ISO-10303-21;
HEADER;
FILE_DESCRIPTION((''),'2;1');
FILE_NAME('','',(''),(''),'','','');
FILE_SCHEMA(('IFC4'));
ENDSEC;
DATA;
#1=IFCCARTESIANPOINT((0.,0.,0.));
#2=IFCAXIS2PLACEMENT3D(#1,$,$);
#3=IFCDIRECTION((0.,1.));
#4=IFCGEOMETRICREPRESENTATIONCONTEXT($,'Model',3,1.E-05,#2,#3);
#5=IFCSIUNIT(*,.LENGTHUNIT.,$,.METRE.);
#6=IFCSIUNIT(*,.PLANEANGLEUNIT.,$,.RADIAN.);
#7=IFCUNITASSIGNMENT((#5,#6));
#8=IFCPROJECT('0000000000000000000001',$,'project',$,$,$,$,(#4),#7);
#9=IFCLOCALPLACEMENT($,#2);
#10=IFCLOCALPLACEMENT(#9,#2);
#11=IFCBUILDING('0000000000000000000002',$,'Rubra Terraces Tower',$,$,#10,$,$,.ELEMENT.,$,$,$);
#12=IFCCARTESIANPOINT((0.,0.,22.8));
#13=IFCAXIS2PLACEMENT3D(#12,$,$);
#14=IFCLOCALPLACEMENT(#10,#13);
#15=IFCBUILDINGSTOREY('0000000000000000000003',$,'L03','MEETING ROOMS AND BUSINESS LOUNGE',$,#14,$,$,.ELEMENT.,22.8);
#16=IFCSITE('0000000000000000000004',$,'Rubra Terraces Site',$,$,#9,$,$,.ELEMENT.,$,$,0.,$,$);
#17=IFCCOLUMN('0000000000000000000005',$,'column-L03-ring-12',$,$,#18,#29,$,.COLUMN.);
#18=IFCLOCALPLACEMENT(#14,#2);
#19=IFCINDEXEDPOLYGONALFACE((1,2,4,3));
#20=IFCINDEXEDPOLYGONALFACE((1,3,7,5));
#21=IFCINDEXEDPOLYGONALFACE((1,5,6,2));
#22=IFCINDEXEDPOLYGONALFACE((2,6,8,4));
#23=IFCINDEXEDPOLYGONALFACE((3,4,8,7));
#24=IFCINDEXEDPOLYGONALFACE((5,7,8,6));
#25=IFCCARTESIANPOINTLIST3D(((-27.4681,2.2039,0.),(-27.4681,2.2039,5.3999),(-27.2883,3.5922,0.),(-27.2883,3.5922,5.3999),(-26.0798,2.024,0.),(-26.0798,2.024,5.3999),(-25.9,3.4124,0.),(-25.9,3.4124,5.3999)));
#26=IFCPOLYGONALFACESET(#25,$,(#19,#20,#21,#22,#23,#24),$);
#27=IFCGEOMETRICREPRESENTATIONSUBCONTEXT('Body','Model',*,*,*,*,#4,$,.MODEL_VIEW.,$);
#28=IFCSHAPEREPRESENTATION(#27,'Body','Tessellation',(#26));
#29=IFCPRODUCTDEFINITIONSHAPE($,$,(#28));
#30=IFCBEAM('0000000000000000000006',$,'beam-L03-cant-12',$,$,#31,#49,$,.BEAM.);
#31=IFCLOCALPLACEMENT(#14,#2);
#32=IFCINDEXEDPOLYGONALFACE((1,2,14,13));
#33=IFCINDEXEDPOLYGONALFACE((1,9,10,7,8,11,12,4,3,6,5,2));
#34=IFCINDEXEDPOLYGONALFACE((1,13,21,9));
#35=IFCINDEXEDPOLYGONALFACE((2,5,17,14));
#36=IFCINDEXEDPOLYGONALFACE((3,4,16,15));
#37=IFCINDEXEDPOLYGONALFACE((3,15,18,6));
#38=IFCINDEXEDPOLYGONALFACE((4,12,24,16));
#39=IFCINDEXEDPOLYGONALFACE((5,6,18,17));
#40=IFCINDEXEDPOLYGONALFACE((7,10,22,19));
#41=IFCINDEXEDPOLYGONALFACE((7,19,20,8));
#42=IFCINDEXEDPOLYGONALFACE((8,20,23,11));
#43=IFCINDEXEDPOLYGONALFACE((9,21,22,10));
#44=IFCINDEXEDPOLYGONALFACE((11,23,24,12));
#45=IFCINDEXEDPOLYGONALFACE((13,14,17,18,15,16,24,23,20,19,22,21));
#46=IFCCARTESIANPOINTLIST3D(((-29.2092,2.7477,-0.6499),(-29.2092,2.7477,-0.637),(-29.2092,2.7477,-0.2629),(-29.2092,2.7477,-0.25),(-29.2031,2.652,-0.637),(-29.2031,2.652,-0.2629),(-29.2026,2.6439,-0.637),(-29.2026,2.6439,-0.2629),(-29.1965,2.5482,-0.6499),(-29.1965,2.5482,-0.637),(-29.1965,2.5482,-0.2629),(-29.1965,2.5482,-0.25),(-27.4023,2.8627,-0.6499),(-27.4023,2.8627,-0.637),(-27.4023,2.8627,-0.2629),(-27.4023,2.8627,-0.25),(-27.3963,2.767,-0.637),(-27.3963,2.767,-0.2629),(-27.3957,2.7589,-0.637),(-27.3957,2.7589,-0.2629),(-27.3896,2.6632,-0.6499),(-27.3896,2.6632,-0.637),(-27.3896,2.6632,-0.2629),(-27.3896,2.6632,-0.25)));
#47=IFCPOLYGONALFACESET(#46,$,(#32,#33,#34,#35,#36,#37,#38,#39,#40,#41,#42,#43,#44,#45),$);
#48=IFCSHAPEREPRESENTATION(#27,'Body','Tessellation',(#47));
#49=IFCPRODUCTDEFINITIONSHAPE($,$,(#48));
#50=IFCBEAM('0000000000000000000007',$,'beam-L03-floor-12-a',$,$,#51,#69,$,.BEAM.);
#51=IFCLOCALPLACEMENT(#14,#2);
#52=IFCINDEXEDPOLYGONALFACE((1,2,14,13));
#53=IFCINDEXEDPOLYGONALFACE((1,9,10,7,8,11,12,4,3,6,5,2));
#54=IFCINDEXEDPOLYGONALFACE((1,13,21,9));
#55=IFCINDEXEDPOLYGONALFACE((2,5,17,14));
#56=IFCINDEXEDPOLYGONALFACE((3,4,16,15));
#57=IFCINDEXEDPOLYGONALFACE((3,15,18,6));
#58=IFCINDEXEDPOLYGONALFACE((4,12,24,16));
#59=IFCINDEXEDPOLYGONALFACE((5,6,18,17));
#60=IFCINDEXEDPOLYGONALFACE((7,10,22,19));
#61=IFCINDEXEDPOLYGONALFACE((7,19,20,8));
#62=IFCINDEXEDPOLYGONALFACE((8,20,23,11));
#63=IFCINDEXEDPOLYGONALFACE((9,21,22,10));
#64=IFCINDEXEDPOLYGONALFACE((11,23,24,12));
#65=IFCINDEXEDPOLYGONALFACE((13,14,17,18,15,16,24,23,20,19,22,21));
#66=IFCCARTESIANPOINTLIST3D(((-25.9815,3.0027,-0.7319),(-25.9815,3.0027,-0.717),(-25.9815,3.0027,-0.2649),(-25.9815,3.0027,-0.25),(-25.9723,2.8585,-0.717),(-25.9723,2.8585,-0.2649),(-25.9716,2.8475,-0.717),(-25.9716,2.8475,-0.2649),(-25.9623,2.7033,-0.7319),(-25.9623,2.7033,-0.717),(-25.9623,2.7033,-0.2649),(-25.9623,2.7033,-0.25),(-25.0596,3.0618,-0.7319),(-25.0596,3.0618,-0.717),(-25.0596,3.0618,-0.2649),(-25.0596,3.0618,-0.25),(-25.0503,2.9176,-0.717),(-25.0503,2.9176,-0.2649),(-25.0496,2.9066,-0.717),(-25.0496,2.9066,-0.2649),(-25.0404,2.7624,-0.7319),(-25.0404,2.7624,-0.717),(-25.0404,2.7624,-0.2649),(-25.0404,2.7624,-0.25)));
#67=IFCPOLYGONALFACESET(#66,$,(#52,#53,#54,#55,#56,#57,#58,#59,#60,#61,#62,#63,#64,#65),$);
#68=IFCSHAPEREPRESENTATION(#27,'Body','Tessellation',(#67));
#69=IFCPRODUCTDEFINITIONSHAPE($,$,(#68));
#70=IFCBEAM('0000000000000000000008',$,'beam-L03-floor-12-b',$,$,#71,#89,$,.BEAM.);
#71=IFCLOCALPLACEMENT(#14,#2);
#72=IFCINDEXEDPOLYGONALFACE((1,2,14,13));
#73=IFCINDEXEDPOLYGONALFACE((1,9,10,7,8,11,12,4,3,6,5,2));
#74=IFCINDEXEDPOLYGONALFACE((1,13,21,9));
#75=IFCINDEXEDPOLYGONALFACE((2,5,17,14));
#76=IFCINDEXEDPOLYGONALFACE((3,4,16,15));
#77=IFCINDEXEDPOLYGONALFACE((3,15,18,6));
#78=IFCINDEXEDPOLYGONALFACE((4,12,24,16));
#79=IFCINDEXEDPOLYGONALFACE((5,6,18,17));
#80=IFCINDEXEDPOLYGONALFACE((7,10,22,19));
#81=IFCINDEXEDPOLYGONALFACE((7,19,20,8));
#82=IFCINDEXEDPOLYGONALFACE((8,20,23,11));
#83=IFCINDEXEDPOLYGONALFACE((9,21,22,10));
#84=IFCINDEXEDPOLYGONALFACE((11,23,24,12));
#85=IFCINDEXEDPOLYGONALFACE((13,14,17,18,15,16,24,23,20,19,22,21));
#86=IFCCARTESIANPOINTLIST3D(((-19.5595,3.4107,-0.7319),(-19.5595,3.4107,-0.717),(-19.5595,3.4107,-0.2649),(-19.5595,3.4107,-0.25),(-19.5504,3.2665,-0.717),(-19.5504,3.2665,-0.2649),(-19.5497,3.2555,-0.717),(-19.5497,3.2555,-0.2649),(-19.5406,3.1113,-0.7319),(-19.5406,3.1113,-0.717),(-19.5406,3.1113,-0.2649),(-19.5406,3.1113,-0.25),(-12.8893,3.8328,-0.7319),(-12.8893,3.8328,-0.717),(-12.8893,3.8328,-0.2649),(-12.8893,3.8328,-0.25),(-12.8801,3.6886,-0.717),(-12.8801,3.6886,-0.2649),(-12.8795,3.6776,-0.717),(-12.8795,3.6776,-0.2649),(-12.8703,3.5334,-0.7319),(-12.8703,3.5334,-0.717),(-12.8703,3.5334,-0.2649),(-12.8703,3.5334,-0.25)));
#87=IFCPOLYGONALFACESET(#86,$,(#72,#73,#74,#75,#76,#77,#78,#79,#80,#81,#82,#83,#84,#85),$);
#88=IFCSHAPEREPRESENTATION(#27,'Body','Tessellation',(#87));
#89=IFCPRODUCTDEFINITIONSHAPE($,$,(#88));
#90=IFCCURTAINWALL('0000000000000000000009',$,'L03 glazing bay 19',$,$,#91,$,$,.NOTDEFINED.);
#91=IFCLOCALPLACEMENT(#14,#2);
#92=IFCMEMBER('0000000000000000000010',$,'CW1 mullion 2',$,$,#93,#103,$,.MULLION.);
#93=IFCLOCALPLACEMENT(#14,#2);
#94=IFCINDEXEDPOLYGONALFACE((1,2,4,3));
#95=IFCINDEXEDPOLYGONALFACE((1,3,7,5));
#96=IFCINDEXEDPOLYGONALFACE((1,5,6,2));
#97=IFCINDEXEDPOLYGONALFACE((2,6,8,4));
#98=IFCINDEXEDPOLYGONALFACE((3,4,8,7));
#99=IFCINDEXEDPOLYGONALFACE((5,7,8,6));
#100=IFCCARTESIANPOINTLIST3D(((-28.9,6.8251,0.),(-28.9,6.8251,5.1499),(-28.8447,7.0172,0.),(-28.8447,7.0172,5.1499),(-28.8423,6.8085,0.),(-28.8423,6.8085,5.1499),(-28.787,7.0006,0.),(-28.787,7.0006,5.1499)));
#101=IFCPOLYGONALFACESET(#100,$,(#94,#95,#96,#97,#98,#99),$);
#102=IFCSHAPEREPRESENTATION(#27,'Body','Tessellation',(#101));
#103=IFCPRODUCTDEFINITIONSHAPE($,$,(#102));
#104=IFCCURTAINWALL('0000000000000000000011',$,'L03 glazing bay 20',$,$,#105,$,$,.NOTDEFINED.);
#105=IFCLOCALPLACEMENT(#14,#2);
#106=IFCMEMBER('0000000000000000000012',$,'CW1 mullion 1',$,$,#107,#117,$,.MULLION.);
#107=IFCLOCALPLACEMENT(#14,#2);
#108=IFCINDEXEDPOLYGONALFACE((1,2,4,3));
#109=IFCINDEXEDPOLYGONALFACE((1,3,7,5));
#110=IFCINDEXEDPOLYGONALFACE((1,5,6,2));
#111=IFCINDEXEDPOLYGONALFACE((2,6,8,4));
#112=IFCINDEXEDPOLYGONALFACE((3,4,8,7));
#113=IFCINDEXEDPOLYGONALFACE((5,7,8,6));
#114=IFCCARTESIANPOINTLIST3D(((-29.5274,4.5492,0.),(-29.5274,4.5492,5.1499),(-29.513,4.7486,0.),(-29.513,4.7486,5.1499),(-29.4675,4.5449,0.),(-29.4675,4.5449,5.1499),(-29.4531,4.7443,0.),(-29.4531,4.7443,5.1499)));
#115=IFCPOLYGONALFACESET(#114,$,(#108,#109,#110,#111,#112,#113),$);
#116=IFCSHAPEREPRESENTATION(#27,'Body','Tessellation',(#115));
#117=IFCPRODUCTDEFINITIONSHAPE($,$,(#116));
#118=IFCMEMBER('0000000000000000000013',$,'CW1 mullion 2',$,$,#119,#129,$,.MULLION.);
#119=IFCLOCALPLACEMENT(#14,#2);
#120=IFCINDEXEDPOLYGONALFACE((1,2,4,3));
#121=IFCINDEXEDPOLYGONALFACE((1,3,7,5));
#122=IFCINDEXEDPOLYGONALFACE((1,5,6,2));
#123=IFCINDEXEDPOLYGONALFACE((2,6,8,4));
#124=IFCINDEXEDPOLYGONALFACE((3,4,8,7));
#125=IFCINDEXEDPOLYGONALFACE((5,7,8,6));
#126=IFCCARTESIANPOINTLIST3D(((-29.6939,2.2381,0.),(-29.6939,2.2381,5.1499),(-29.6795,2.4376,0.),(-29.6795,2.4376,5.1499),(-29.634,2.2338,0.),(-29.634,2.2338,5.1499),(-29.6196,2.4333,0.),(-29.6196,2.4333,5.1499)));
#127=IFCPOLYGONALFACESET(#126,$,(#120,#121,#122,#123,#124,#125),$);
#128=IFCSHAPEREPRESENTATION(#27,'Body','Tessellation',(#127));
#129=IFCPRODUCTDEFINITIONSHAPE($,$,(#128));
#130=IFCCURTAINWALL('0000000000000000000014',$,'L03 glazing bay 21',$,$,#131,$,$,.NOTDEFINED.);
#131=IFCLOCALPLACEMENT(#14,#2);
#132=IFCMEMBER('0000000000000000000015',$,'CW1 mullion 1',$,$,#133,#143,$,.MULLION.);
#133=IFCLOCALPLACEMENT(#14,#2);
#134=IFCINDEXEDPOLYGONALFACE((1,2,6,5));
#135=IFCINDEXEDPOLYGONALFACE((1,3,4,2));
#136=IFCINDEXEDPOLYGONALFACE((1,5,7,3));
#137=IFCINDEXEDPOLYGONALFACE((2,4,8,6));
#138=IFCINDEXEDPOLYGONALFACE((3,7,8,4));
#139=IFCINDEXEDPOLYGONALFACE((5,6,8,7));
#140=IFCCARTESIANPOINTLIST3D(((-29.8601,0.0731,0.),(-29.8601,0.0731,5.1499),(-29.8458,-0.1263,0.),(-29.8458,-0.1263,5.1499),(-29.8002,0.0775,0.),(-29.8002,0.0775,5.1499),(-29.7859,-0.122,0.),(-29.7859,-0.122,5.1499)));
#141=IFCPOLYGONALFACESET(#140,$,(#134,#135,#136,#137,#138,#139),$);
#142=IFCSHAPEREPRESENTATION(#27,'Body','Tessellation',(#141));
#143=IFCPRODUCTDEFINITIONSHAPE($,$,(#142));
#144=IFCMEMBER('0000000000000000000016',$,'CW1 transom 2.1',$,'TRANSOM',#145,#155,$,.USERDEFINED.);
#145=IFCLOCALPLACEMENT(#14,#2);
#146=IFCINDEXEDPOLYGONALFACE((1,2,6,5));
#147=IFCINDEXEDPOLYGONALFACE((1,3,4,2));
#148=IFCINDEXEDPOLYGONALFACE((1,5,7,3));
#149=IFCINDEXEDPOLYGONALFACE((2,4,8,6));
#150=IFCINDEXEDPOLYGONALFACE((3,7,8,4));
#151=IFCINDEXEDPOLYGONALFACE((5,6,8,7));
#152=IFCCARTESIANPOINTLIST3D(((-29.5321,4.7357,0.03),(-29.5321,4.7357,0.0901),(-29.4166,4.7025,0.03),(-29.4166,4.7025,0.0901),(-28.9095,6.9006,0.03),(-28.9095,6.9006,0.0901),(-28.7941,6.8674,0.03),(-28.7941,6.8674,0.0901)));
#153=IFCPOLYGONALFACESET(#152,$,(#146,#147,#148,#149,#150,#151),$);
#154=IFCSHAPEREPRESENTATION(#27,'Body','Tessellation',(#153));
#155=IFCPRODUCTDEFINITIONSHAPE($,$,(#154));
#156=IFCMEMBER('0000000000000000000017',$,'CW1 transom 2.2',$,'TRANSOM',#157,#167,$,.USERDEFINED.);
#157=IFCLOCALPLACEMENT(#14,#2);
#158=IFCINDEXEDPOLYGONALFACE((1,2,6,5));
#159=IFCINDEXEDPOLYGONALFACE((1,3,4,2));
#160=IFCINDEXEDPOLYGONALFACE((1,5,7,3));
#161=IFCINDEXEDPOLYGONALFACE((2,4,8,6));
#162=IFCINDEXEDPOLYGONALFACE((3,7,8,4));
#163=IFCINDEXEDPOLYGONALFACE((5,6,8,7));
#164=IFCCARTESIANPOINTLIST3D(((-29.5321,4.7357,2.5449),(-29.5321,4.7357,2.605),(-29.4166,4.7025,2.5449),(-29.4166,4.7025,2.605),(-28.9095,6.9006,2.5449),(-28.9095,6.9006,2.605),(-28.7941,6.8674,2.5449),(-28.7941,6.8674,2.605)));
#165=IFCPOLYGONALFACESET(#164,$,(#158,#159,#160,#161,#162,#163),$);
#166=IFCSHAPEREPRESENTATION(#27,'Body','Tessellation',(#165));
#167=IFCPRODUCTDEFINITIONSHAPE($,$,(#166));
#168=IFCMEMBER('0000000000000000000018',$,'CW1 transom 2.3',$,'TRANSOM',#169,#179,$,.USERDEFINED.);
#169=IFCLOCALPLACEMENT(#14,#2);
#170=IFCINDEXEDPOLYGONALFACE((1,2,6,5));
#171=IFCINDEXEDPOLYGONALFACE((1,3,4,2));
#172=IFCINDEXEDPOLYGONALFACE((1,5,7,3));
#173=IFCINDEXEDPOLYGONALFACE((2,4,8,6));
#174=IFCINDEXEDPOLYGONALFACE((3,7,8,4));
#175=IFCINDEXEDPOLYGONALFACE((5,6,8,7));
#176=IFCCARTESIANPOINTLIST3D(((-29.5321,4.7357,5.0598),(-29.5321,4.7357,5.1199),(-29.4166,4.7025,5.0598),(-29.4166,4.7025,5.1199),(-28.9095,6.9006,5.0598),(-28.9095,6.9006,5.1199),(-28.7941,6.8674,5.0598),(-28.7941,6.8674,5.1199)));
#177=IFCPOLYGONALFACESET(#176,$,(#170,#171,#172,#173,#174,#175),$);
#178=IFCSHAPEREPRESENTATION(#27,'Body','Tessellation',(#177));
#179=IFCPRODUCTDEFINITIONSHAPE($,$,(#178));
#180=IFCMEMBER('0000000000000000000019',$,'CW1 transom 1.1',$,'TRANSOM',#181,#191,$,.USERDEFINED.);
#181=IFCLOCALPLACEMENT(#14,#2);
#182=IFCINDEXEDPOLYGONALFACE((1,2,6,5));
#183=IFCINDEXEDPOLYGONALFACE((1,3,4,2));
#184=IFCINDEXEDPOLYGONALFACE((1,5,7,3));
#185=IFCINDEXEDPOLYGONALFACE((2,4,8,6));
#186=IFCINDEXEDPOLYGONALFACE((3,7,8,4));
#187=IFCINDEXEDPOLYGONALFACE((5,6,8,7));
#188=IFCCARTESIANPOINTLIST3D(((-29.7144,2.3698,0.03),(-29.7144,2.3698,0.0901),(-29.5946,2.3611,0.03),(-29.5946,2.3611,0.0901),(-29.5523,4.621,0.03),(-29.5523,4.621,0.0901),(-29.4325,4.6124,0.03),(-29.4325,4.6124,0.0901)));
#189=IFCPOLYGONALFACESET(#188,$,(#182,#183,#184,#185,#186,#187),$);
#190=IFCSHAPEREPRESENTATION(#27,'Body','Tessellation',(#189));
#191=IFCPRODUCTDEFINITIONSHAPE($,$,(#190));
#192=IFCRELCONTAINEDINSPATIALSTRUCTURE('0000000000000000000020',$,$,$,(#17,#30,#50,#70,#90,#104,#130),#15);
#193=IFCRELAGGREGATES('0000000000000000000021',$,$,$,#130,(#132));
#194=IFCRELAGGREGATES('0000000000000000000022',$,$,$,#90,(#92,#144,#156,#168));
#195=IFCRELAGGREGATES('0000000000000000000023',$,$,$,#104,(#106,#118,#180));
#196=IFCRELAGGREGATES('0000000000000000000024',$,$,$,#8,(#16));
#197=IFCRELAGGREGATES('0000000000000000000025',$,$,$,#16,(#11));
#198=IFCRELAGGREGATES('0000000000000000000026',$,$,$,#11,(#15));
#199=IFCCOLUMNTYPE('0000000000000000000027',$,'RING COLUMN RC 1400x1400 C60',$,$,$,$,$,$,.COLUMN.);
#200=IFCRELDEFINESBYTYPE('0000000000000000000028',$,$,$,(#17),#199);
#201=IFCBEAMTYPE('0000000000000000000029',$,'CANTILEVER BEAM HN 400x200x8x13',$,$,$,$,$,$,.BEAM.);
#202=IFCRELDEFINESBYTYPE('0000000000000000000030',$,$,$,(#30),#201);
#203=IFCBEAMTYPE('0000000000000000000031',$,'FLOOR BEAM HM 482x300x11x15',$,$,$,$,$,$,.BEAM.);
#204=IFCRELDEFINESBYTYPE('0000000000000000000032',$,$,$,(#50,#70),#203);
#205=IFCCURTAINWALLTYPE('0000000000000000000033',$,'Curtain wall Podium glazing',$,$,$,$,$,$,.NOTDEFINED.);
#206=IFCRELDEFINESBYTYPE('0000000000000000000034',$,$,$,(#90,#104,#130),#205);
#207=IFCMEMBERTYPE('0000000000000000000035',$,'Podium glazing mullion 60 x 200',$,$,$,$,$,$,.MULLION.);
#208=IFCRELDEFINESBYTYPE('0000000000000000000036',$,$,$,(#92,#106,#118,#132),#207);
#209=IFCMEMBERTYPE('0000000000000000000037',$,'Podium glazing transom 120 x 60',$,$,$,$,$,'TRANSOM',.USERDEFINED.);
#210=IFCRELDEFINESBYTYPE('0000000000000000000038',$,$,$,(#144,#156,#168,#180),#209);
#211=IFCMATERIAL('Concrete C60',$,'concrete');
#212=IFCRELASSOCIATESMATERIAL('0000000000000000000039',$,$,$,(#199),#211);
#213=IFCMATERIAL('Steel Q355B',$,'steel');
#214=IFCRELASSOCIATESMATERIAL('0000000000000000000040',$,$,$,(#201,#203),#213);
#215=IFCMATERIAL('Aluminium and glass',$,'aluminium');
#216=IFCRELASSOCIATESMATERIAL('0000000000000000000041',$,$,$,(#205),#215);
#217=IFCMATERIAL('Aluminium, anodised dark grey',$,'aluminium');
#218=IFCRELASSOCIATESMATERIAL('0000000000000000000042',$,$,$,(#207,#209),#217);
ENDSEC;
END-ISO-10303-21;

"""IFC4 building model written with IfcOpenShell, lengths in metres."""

from ifc_helpers import new_model, si_unit, direction, frame, origin, origin_2d, place, context, subcontext, project, spatial, rectangle, i_section, extrude, material, material_profile, profile_set, type_object, element, aggregate, save


model = new_model("IFC4")

# Units and contexts
model_context = context("Model", 3, precision=1e-05, world=origin(), true_north=direction((0.0, 1.0)))
body_context = subcontext(model_context, "Body", "Model", "MODEL_VIEW")
ifc_project = project(units=[si_unit("LENGTHUNIT", "METRE"), si_unit("PLANEANGLEUNIT", "RADIAN")], contexts=[model_context])

# Site, building, storey
site_placement = place(None, origin())
site = spatial("IfcSite", under=ifc_project, at=site_placement, Name="Rubra Terraces Site", CompositionType="ELEMENT", RefElevation=0.0)
building_placement = place(site_placement, origin())
building = spatial("IfcBuilding", under=site, at=building_placement, Name="Rubra Terraces Tower", CompositionType="ELEMENT")
storey_placement = place(building_placement, frame((0.0, 0.0, 22.8)))
storey = spatial("IfcBuildingStorey", under=building, at=storey_placement, Name="L03", Description="MEETING ROOMS AND BUSINESS LOUNGE", CompositionType="ELEMENT", Elevation=22.8)

# Column
ifc_material_1 = material(Name="Concrete C60", Category="concrete")
ifc_material_profile_1 = material_profile(ifc_material_1, rectangle(XDim=1.3999, YDim=1.3999, at=origin_2d()), Name="RC 1400x1400")
ifc_profile_set_1 = profile_set([ifc_material_profile_1], Name="Concrete C60")
column_type = type_object("IfcColumnType", Name="RING COLUMN RC 1400x1400 C60", PredefinedType="COLUMN", material=ifc_profile_set_1)
column_placement = place(storey_placement, frame((-26.6841, 2.8081, 0.0), z_axis=(0.0, 0.0, 1.0), x_axis=(-0.128445, -0.991717, 0.0)))
element("IfcColumn", 1, at=column_placement, inside=storey, type_object=column_type, Name="column-L03-ring-12", PredefinedType="COLUMN", context=body_context, shape_type="SweptSolid", body=[
    extrude(rectangle(XDim=1.3999, YDim=1.3999, at=origin_2d()), origin(), (0.0, 0.0, 1.0), 5.3999),
])

# Beams
ifc_material_2 = material(Name="Steel Q355B", Category="steel")
ifc_material_profile_2 = material_profile(ifc_material_2, i_section(OverallWidth=0.2, OverallDepth=0.3999, WebThickness=0.0081, FlangeThickness=0.0129, at=origin_2d()), Name="HN 400x200x8x13")
ifc_profile_set_2 = profile_set([ifc_material_profile_2], Name="Steel Q355B")
beam_type_1 = type_object("IfcBeamType", Name="CANTILEVER BEAM HN 400x200x8x13", PredefinedType="BEAM", material=ifc_profile_set_2)
beam_1_placement = place(storey_placement, frame((-27.396, 2.7629, -0.45), z_axis=(-0.997981, -0.063512, 0.0), x_axis=(0.063512, -0.997981, 0.0)))
element("IfcBeam", 2, at=beam_1_placement, inside=storey, type_object=beam_type_1, Name="beam-L03-cant-12", PredefinedType="BEAM", context=body_context, shape_type="SweptSolid", body=[
    extrude(i_section(OverallWidth=0.2, OverallDepth=0.3999, WebThickness=0.0081, FlangeThickness=0.0129, at=origin_2d()), origin(), (0.0, 0.0, 1.0), 1.8105),
])
ifc_material_profile_3 = material_profile(ifc_material_2, i_section(OverallWidth=0.3, OverallDepth=0.4819, WebThickness=0.011, FlangeThickness=0.0149, at=origin_2d()), Name="HM 482x300x11x15")
ifc_profile_set_3 = profile_set([ifc_material_profile_3], Name="Steel Q355B")
beam_type_2 = type_object("IfcBeamType", Name="FLOOR BEAM HM 482x300x11x15", PredefinedType="BEAM", material=ifc_profile_set_3)
beam_2_placement = place(storey_placement, frame((-25.9719, 2.853, -0.491), z_axis=(0.997953, 0.063958, 0.0), x_axis=(-0.063958, 0.997953, 0.0)))
element("IfcBeam", 3, at=beam_2_placement, inside=storey, type_object=beam_type_2, Name="beam-L03-floor-12-a", PredefinedType="BEAM", context=body_context, shape_type="SweptSolid", body=[
    extrude(i_section(OverallWidth=0.3, OverallDepth=0.4819, WebThickness=0.011, FlangeThickness=0.0149, at=origin_2d()), origin(), (0.0, 0.0, 1.0), 0.9238),
])
beam_3_placement = place(storey_placement, frame((-19.55, 3.261, -0.491), z_axis=(0.998004, 0.063158, 0.0), x_axis=(-0.063158, 0.998004, 0.0)))
element("IfcBeam", 4, at=beam_3_placement, inside=storey, type_object=beam_type_2, Name="beam-L03-floor-12-b", PredefinedType="BEAM", context=body_context, shape_type="SweptSolid", body=[
    extrude(i_section(OverallWidth=0.3, OverallDepth=0.4819, WebThickness=0.011, FlangeThickness=0.0149, at=origin_2d()), origin(), (0.0, 0.0, 1.0), 6.6836),
])

# Curtain wall, member
ifc_material_3 = material(Name="Aluminium and glass", Category="aluminium")
curtain_wall_type = type_object("IfcCurtainWallType", Name="Curtain wall Podium glazing", PredefinedType="NOTDEFINED", material=ifc_material_3)
curtain_wall_1_placement = place(storey_placement, origin())
curtain_wall_1 = element("IfcCurtainWall", 5, at=curtain_wall_1_placement, inside=storey, type_object=curtain_wall_type, Name="L03 glazing bay 19", PredefinedType="NOTDEFINED")
ifc_material_4 = material(Name="Aluminium, anodised dark grey", Category="aluminium")
ifc_material_profile_4 = material_profile(ifc_material_4, rectangle(XDim=0.0601, YDim=0.2, at=origin_2d()), Name="AL 60x200")
ifc_profile_set_4 = profile_set([ifc_material_profile_4], Name="Aluminium, anodised dark grey")
member_type_1 = type_object("IfcMemberType", Name="Podium glazing mullion 60 x 200", PredefinedType="MULLION", material=ifc_profile_set_4)
member_1_placement = place(storey_placement, frame((-28.8435, 6.9128, 0.0), z_axis=(0.0, 0.0, 1.0), x_axis=(0.961047, -0.276384, 0.0)))
member_1 = element("IfcMember", 6, at=member_1_placement, type_object=member_type_1, Name="CW1 mullion 2", PredefinedType="MULLION", context=body_context, shape_type="SweptSolid", body=[
    extrude(rectangle(XDim=0.0601, YDim=0.2, at=origin_2d()), origin(), (0.0, 0.0, 1.0), 5.1499),
])

# Curtain wall, members
curtain_wall_2_placement = place(storey_placement, origin())
curtain_wall_2 = element("IfcCurtainWall", 7, at=curtain_wall_2_placement, inside=storey, type_object=curtain_wall_type, Name="L03 glazing bay 20", PredefinedType="NOTDEFINED")
member_2_placement = place(storey_placement, frame((-29.4902, 4.6467, 0.0), z_axis=(0.0, 0.0, 1.0), x_axis=(0.99742, -0.071792, 0.0)))
member_2 = element("IfcMember", 8, at=member_2_placement, type_object=member_type_1, Name="CW1 mullion 1", PredefinedType="MULLION", context=body_context, shape_type="SweptSolid", body=[
    extrude(rectangle(XDim=0.0601, YDim=0.2, at=origin_2d()), origin(), (0.0, 0.0, 1.0), 5.1499),
])
member_3_placement = place(storey_placement, frame((-29.6567, 2.3357, 0.0), z_axis=(0.0, 0.0, 1.0), x_axis=(0.99742, -0.071792, 0.0)))
member_3 = element("IfcMember", 9, at=member_3_placement, type_object=member_type_1, Name="CW1 mullion 2", PredefinedType="MULLION", context=body_context, shape_type="SweptSolid", body=[
    extrude(rectangle(XDim=0.0601, YDim=0.2, at=origin_2d()), origin(), (0.0, 0.0, 1.0), 5.1499),
])

# Curtain wall, member
curtain_wall_3_placement = place(storey_placement, origin())
curtain_wall_3 = element("IfcCurtainWall", 10, at=curtain_wall_3_placement, inside=storey, type_object=curtain_wall_type, Name="L03 glazing bay 21", PredefinedType="NOTDEFINED")
member_4_placement = place(storey_placement, frame((-29.823, -0.0244, 0.0), z_axis=(0.0, 0.0, 1.0), x_axis=(0.99742, 0.071792, 0.0)))
member_4 = element("IfcMember", 11, at=member_4_placement, type_object=member_type_1, Name="CW1 mullion 1", PredefinedType="MULLION", context=body_context, shape_type="SweptSolid", body=[
    extrude(rectangle(XDim=0.0601, YDim=0.2, at=origin_2d()), origin(), (0.0, 0.0, 1.0), 5.1499),
])

# Members
ifc_material_profile_5 = material_profile(ifc_material_4, rectangle(XDim=0.1201, YDim=0.0601, at=origin_2d()), Name="AL 120x60")
ifc_profile_set_5 = profile_set([ifc_material_profile_5], Name="Aluminium, anodised dark grey")
member_type_2 = type_object("IfcMemberType", Name="Podium glazing transom 120 x 60", ElementType="TRANSOM", PredefinedType="USERDEFINED", material=ifc_profile_set_5)
member_5_placement = place(storey_placement, frame((-28.8518, 6.884, 0.0601), z_axis=(-0.276352, -0.961056, 0.0), x_axis=(0.961056, -0.276352, 0.0)))
member_5 = element("IfcMember", 12, at=member_5_placement, type_object=member_type_2, Name="CW1 transom 2.1", ObjectType="TRANSOM", PredefinedType="USERDEFINED", context=body_context, shape_type="SweptSolid", body=[
    extrude(rectangle(XDim=0.1201, YDim=0.0601, at=origin_2d()), origin(), (0.0, 0.0, 1.0), 2.2527),
])
member_6_placement = place(storey_placement, frame((-28.8518, 6.884, 2.575), z_axis=(-0.276352, -0.961056, 0.0), x_axis=(0.961056, -0.276352, 0.0)))
member_6 = element("IfcMember", 13, at=member_6_placement, type_object=member_type_2, Name="CW1 transom 2.2", ObjectType="TRANSOM", PredefinedType="USERDEFINED", context=body_context, shape_type="SweptSolid", body=[
    extrude(rectangle(XDim=0.1201, YDim=0.0601, at=origin_2d()), origin(), (0.0, 0.0, 1.0), 2.2527),
])
member_7_placement = place(storey_placement, frame((-28.8518, 6.884, 5.0898), z_axis=(-0.276352, -0.961056, 0.0), x_axis=(0.961056, -0.276352, 0.0)))
member_7 = element("IfcMember", 14, at=member_7_placement, type_object=member_type_2, Name="CW1 transom 2.3", ObjectType="TRANSOM", PredefinedType="USERDEFINED", context=body_context, shape_type="SweptSolid", body=[
    extrude(rectangle(XDim=0.1201, YDim=0.0601, at=origin_2d()), origin(), (0.0, 0.0, 1.0), 2.2527),
])
member_8_placement = place(storey_placement, frame((-29.4924, 4.6167, 0.0601), z_axis=(-0.071824, -0.997417, 0.0), x_axis=(0.997417, -0.071824, 0.0)))
member_8 = element("IfcMember", 15, at=member_8_placement, type_object=member_type_2, Name="CW1 transom 1.1", ObjectType="TRANSOM", PredefinedType="USERDEFINED", context=body_context, shape_type="SweptSolid", body=[
    extrude(rectangle(XDim=0.1201, YDim=0.0601, at=origin_2d()), origin(), (0.0, 0.0, 1.0), 2.2571),
])
aggregate(curtain_wall_3, [member_4])

aggregate(curtain_wall_1, [member_1, member_5, member_6, member_7])
aggregate(curtain_wall_2, [member_2, member_3, member_8])

save(model, "model.ifc")
